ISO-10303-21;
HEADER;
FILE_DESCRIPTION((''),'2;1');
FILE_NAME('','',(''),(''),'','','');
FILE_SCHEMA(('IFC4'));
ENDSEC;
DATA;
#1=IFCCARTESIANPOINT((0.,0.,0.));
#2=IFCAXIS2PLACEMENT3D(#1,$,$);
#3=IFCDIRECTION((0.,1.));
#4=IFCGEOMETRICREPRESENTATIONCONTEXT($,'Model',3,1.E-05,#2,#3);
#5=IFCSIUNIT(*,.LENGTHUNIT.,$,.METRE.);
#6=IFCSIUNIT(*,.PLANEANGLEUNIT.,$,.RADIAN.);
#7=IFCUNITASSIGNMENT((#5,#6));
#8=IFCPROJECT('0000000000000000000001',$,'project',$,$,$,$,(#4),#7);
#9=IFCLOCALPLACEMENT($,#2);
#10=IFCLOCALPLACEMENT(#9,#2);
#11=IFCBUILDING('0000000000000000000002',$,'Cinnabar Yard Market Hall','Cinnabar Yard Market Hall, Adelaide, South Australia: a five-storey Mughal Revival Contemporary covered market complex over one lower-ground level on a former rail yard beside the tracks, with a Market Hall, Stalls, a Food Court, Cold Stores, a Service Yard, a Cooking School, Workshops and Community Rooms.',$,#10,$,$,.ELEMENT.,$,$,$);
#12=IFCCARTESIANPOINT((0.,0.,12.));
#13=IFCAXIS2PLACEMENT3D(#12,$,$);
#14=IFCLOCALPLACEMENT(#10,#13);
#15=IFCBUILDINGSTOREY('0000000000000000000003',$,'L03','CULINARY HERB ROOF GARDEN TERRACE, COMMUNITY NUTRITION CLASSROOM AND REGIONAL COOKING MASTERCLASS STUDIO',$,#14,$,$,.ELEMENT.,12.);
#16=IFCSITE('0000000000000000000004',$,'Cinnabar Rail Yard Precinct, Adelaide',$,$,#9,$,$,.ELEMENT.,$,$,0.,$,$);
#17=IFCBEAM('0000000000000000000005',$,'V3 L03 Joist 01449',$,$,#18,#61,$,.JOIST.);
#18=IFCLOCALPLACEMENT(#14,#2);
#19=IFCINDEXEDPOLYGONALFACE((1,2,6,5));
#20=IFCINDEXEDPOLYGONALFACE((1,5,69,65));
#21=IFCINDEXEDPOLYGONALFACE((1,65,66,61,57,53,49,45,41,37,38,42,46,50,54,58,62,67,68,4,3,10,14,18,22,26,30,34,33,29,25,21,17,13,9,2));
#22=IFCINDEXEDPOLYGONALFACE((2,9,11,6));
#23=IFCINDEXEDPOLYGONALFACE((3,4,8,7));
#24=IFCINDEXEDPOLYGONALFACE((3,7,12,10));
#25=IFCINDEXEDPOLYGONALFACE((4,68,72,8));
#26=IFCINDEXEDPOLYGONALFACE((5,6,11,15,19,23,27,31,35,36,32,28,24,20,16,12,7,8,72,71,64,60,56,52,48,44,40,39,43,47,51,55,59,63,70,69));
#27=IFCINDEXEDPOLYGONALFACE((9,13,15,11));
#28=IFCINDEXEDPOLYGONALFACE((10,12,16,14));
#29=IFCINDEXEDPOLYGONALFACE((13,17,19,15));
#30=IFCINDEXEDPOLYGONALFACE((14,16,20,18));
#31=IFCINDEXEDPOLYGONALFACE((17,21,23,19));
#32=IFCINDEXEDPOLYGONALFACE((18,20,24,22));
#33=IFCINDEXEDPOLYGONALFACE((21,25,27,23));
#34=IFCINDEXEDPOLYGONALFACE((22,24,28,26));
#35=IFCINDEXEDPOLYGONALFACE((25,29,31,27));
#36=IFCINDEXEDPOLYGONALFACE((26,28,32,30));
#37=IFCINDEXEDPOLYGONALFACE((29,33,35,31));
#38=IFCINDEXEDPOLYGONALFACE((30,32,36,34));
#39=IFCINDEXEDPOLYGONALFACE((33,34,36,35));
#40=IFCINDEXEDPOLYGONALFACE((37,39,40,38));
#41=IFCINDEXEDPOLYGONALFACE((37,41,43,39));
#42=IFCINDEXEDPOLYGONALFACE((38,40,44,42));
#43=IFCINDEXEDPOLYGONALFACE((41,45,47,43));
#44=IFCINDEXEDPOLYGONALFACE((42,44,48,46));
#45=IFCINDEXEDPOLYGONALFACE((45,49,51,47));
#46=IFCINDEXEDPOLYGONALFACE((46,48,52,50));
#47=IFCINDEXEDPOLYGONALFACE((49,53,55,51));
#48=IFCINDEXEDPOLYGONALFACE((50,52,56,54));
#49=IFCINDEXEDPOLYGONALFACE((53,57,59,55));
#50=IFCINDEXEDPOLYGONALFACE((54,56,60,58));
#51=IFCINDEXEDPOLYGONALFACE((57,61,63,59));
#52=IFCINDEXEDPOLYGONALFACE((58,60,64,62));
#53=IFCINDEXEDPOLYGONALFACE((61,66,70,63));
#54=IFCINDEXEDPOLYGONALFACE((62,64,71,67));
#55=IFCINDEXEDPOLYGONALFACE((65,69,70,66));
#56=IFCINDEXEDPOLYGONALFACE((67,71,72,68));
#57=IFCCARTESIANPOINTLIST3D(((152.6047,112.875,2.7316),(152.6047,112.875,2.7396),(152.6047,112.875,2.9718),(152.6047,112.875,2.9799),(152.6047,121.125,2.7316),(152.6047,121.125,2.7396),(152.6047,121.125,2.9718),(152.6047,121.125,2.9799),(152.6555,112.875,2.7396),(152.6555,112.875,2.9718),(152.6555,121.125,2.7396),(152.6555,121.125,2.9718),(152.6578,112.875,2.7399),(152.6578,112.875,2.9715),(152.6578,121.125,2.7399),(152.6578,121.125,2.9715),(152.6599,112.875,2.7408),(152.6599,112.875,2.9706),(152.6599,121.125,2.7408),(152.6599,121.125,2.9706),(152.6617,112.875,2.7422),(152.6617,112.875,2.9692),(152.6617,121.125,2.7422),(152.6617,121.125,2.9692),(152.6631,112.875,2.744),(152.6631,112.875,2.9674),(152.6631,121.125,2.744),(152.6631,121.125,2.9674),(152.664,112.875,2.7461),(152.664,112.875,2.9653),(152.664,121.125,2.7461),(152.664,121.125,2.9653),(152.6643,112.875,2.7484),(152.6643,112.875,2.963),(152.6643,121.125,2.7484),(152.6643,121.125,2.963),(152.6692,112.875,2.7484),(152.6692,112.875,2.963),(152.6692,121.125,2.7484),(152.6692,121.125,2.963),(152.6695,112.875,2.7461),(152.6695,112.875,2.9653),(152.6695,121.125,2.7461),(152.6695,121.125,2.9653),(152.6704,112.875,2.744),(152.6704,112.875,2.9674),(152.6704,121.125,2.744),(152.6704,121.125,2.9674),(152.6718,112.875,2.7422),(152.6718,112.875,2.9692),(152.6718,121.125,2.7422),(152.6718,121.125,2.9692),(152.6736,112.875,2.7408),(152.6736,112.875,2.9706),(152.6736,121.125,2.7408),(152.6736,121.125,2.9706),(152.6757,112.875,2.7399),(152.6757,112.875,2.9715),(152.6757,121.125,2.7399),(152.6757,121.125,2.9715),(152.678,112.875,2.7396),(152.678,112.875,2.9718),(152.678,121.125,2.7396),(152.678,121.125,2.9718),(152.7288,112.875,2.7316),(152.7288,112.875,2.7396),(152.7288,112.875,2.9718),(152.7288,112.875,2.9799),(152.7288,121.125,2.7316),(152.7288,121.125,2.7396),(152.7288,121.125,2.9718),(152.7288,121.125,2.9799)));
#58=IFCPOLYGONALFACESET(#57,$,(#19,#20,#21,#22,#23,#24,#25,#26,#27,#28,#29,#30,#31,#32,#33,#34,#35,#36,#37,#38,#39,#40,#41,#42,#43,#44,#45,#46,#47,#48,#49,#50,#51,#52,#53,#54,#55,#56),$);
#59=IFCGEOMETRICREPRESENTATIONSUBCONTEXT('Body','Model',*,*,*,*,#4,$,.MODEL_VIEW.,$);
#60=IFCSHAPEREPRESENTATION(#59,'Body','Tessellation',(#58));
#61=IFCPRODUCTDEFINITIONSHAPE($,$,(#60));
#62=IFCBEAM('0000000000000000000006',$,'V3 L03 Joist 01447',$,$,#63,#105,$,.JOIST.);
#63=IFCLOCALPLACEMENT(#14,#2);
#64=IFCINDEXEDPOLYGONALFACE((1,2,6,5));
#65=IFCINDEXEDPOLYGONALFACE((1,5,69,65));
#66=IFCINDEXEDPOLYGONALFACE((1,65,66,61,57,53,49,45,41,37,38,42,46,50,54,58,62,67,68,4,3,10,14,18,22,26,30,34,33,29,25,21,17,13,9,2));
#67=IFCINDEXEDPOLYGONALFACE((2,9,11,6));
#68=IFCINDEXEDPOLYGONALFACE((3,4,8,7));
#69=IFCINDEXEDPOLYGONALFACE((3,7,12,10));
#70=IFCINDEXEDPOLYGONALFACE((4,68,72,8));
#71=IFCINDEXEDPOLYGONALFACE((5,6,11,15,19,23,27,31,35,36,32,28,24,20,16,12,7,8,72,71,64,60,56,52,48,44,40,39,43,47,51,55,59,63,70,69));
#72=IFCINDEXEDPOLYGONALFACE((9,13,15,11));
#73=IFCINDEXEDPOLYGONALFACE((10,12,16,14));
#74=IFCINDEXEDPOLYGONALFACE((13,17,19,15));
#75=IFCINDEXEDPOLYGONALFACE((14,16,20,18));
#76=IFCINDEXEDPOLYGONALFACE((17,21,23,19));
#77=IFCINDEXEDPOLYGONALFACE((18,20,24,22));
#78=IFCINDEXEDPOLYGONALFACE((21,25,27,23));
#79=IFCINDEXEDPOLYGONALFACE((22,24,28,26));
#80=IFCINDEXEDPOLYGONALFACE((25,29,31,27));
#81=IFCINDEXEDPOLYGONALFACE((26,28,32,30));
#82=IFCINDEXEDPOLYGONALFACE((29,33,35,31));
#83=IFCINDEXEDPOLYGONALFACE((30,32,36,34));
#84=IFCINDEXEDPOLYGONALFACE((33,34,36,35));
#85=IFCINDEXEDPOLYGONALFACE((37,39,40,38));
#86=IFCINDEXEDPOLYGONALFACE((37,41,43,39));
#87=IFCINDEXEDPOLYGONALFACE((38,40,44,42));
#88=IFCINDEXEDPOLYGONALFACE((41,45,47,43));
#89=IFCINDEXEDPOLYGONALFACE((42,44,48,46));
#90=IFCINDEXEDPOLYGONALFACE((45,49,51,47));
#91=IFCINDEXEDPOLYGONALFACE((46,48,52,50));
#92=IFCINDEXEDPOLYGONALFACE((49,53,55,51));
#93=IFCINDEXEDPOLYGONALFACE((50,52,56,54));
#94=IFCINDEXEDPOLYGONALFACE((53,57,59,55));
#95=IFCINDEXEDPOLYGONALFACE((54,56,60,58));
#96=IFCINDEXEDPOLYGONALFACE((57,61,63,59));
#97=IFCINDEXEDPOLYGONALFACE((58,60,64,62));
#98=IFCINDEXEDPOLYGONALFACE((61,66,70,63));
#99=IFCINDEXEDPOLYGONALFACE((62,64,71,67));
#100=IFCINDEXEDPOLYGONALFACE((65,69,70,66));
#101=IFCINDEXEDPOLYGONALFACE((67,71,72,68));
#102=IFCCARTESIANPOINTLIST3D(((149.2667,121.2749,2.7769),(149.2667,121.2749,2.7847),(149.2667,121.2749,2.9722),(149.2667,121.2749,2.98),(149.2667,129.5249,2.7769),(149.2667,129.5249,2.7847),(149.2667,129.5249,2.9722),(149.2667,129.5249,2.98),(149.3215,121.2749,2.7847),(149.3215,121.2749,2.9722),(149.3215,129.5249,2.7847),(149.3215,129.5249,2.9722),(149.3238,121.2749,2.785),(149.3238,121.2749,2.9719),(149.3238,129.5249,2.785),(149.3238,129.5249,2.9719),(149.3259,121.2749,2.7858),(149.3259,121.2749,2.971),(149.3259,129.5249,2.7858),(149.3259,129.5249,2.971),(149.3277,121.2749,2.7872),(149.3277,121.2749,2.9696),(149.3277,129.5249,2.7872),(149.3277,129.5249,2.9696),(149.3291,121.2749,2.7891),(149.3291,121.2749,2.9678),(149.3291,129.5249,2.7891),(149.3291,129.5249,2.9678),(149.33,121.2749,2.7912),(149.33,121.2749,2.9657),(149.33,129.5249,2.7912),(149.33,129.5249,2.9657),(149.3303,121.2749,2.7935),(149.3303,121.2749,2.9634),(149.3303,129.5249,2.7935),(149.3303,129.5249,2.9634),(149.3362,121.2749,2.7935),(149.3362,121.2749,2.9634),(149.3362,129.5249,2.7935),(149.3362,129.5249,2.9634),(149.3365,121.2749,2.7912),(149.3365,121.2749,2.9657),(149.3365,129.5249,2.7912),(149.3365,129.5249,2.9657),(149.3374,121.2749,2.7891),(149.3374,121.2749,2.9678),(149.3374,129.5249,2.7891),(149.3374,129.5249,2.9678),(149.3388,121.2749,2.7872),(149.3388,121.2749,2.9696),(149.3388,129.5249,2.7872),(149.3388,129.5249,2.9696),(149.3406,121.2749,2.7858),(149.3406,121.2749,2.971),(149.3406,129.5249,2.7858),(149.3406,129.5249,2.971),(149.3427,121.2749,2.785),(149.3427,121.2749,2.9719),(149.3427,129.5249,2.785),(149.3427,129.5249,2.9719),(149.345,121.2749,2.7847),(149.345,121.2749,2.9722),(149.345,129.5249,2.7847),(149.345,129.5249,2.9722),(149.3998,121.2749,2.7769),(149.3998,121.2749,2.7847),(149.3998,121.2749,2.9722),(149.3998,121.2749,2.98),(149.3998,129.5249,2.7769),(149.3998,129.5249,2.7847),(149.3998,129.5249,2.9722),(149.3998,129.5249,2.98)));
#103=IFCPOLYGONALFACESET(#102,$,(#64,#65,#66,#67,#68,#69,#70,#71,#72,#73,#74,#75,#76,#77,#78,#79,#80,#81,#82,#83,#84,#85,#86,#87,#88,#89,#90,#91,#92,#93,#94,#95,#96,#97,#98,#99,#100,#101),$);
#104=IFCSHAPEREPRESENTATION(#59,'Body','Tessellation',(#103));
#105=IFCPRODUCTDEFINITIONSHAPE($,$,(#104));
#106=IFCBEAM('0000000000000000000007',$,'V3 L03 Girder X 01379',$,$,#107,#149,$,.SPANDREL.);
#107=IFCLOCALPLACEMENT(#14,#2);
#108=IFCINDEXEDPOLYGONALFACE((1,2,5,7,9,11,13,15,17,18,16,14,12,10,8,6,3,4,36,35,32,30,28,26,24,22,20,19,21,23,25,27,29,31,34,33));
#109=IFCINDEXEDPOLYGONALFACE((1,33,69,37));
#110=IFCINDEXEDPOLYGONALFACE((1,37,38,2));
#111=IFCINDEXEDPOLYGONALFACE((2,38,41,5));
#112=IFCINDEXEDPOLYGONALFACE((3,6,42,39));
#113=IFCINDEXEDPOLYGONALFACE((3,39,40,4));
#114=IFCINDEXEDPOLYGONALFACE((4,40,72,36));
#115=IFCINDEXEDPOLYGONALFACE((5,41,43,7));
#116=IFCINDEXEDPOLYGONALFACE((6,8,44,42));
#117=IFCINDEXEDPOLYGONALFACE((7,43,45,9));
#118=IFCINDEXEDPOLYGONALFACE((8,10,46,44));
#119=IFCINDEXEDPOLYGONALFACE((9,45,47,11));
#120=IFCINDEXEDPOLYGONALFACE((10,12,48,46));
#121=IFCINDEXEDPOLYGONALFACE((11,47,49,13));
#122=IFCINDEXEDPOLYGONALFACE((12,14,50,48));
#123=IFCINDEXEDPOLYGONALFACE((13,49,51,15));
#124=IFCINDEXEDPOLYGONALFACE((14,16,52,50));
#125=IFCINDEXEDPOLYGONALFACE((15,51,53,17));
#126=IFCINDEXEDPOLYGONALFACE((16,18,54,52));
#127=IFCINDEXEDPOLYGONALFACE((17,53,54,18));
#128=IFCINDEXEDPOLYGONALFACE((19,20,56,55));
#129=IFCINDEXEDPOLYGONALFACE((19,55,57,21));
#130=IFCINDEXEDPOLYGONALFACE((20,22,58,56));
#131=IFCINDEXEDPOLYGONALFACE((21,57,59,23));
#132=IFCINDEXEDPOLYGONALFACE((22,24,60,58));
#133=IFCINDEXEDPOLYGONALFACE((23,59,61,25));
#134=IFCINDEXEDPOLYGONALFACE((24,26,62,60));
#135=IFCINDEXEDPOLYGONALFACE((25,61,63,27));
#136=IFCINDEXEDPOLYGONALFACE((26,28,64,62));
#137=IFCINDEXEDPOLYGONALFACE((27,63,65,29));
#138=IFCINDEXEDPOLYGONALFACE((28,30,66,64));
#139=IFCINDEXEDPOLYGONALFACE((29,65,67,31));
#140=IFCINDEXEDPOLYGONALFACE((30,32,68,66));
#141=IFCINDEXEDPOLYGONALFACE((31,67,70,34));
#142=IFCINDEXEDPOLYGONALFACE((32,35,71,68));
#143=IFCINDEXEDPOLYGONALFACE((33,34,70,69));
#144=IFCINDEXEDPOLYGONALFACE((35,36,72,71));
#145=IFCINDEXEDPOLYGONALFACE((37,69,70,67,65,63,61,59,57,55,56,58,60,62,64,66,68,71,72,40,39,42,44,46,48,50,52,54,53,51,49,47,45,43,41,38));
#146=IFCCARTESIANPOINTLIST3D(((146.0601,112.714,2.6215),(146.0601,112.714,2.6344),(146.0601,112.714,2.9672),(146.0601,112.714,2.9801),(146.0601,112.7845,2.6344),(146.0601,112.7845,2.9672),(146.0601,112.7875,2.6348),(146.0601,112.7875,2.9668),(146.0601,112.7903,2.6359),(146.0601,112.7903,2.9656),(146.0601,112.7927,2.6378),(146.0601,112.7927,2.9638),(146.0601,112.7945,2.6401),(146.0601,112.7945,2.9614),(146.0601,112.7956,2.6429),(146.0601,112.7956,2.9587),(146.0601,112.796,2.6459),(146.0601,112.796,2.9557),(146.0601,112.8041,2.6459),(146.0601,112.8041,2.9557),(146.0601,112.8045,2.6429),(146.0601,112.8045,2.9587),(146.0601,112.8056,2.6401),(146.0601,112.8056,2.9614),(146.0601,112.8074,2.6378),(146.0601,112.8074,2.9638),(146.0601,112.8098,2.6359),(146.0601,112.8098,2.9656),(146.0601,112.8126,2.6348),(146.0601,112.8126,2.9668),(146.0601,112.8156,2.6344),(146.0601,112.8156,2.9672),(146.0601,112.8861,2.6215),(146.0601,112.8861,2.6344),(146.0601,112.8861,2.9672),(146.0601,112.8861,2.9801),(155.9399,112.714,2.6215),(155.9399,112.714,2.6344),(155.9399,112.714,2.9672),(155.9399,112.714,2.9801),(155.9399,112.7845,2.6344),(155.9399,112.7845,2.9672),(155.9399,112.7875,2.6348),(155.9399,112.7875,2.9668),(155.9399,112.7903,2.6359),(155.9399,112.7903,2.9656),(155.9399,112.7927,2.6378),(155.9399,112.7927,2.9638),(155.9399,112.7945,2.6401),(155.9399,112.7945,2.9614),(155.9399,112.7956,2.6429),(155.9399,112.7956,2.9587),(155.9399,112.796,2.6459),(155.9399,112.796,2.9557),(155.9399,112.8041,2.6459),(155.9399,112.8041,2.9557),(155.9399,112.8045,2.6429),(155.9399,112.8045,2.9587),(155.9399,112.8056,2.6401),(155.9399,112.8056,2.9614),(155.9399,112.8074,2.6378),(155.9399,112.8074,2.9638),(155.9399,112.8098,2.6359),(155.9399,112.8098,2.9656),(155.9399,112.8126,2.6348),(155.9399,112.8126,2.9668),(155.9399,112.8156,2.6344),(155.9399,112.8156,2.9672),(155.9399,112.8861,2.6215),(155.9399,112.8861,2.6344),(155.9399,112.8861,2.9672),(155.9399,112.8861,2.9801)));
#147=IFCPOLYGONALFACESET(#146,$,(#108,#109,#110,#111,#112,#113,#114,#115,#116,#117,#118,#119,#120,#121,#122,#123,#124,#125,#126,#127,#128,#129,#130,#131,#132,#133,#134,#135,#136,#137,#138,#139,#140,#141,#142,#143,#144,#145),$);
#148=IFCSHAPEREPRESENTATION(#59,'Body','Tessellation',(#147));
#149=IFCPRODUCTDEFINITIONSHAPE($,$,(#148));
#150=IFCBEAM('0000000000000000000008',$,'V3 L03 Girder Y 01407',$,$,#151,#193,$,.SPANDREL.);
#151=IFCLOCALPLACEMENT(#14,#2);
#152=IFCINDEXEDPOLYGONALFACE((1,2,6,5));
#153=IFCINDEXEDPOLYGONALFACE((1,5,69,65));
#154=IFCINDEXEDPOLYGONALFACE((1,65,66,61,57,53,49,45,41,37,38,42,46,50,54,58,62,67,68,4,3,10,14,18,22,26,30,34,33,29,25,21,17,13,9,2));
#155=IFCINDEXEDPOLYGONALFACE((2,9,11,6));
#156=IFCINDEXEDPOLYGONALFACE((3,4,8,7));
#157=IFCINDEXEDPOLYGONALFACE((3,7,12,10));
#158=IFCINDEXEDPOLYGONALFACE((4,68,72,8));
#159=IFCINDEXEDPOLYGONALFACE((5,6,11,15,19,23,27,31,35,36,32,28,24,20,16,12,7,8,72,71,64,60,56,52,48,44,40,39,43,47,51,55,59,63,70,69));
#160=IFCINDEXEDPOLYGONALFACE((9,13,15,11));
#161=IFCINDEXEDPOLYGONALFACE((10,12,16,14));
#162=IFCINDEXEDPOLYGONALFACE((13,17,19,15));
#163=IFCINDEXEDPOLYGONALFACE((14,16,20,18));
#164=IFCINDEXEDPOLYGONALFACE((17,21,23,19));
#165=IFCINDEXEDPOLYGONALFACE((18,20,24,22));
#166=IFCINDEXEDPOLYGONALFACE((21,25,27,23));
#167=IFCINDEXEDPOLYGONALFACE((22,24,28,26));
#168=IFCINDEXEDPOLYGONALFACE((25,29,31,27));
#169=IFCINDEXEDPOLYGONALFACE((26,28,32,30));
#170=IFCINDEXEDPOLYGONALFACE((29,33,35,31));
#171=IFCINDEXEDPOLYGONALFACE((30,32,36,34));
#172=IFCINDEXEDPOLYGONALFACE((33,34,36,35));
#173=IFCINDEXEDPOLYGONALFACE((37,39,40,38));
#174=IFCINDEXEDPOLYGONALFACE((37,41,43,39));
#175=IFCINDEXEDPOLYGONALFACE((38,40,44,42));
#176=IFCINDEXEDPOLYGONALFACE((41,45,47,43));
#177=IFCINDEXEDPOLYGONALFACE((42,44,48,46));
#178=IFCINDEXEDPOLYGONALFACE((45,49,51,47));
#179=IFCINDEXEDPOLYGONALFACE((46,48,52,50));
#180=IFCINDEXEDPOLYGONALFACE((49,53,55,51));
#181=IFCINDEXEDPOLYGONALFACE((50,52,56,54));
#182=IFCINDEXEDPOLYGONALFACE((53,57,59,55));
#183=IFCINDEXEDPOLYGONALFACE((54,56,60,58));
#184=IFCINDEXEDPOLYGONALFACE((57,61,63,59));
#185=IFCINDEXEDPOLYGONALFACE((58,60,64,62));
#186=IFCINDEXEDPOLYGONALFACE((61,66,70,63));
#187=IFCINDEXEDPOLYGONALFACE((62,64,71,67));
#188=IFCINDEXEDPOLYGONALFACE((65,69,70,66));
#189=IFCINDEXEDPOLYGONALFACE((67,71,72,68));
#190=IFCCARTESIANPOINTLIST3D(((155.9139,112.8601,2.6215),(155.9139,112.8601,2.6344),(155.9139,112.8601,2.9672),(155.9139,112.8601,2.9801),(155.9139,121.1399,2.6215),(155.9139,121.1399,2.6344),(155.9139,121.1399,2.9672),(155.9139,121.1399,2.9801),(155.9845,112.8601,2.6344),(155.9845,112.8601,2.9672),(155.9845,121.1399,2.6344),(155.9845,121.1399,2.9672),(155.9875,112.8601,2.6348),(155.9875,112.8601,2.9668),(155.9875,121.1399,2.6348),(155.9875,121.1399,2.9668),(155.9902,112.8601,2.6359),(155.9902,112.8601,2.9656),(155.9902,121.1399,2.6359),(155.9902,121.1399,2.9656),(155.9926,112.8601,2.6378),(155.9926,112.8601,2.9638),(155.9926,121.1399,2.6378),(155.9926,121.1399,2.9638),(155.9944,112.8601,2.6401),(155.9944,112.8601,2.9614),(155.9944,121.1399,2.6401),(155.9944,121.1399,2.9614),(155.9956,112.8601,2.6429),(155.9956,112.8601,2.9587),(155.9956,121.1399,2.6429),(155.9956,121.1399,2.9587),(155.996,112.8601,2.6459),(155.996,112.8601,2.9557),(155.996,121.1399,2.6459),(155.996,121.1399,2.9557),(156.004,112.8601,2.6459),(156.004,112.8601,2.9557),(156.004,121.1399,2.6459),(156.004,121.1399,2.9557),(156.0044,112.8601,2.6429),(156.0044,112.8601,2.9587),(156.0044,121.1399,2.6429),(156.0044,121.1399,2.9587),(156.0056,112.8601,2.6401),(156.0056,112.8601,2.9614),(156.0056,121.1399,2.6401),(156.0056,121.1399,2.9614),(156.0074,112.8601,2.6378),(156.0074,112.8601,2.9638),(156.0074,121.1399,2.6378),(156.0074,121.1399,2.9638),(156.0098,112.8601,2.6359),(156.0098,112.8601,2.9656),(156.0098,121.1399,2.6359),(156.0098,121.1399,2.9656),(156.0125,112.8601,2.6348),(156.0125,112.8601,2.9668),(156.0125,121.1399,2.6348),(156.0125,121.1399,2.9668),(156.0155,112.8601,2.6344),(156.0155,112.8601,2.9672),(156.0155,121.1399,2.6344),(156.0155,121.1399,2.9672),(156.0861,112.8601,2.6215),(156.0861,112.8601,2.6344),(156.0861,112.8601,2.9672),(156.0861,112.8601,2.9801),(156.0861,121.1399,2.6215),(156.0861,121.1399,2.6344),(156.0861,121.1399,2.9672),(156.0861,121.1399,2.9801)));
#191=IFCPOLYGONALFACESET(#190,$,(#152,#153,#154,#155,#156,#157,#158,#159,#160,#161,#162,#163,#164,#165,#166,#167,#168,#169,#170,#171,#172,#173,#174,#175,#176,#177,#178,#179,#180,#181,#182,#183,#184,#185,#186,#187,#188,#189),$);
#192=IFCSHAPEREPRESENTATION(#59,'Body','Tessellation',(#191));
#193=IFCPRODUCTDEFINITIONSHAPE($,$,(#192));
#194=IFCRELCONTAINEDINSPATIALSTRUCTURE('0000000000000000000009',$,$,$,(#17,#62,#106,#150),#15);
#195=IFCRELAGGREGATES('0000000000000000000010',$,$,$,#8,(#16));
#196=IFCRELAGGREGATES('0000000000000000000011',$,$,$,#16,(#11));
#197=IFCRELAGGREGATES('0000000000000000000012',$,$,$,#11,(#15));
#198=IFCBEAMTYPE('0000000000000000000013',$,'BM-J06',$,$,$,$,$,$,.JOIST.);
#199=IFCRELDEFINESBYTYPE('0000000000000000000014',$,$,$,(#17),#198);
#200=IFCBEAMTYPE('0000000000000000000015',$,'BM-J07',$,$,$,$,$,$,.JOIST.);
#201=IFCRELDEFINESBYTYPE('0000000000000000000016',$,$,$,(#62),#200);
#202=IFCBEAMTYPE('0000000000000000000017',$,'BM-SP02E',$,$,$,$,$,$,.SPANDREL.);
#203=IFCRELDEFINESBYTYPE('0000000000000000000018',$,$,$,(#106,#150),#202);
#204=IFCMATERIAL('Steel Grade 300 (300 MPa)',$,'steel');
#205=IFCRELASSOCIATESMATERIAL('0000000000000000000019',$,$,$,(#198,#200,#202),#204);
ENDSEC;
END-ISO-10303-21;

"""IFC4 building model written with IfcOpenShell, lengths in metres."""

from ifc_helpers import new_model, si_unit, direction, frame, origin, origin_2d_with_axis, place, context, subcontext, project, spatial, i_section, extrude, material, material_profile, profile_set, type_object, element, save


model = new_model("IFC4")

# Units and contexts
model_context = context("Model", 3, precision=1e-05, world=origin(), true_north=direction((0.0, 1.0)))
body_context = subcontext(model_context, "Body", "Model", "MODEL_VIEW")
ifc_project = project(units=[si_unit("LENGTHUNIT", "METRE"), si_unit("PLANEANGLEUNIT", "RADIAN")], contexts=[model_context])

# Site, building, storey
site_placement = place(None, origin())
site = spatial("IfcSite", under=ifc_project, at=site_placement, Name="Cinnabar Rail Yard Precinct, Adelaide", CompositionType="ELEMENT", RefElevation=0.0)
building_placement = place(site_placement, origin())
building = spatial("IfcBuilding", under=site, at=building_placement, Name="Cinnabar Yard Market Hall", Description="Cinnabar Yard Market Hall, Adelaide, South Australia: a five-storey Mughal Revival Contemporary covered market complex over one lower-ground level on a former rail yard beside the tracks, with a Market Hall, Stalls, a Food Court, Cold Stores, a Service Yard, a Cooking School, Workshops and Community Rooms.", CompositionType="ELEMENT")
storey_placement = place(building_placement, frame((0.0, 0.0, 12.0)))
storey = spatial("IfcBuildingStorey", under=building, at=storey_placement, Name="L03", Description="CULINARY HERB ROOF GARDEN TERRACE, COMMUNITY NUTRITION CLASSROOM AND REGIONAL COOKING MASTERCLASS STUDIO", CompositionType="ELEMENT", Elevation=12.0)

# Shared definitions
ifc_material_1 = material(Name="Steel Grade 300 (300 MPa)", Category="steel")

# Beams
ifc_material_profile_1 = material_profile(ifc_material_1, i_section(OverallWidth=0.124, OverallDepth=0.2483, WebThickness=0.0049, FlangeThickness=0.0081, FilletRadius=0.0088, at=origin_2d_with_axis()), Name="250UB25.7")
ifc_profile_set_1 = profile_set([ifc_material_profile_1], Name="Steel Grade 300 (300 MPa)")
beam_type_1 = type_object("IfcBeamType", Name="BM-J06", PredefinedType="JOIST", material=ifc_profile_set_1)
for number, where, z_axis, x_axis, name in (
    (1, (152.6667, 112.875, 2.8557), (0.0, 1.0, 0.0), (-1.0, 0.0, 0.0), "V3 L03 Joist 01449"),
):
    element("IfcBeam", number, at=place(storey_placement, frame(where, z_axis=z_axis, x_axis=x_axis)), inside=storey, type_object=beam_type_1, Name=name, PredefinedType="JOIST", context=body_context, shape_type="SweptSolid", body=[
        extrude(i_section(OverallWidth=0.124, OverallDepth=0.2483, WebThickness=0.0049, FlangeThickness=0.0081, FilletRadius=0.0088, at=origin_2d_with_axis()), origin(), (0.0, 0.0, 1.0), 8.25),
    ])
ifc_material_profile_2 = material_profile(ifc_material_1, i_section(OverallWidth=0.1331, OverallDepth=0.2031, WebThickness=0.0059, FlangeThickness=0.0078, FilletRadius=0.0088, at=origin_2d_with_axis()), Name="200UB25.4")
ifc_profile_set_2 = profile_set([ifc_material_profile_2], Name="Steel Grade 300 (300 MPa)")
beam_type_2 = type_object("IfcBeamType", Name="BM-J07", PredefinedType="JOIST", material=ifc_profile_set_2)
beam_1_placement = place(storey_placement, frame((149.3333, 121.2749, 2.8784), z_axis=(0.0, 1.0, 0.0), x_axis=(-1.0, 0.0, 0.0)))
element("IfcBeam", 2, at=beam_1_placement, inside=storey, type_object=beam_type_2, Name="V3 L03 Joist 01447", PredefinedType="JOIST", context=body_context, shape_type="SweptSolid", body=[
    extrude(i_section(OverallWidth=0.1331, OverallDepth=0.2031, WebThickness=0.0059, FlangeThickness=0.0078, FilletRadius=0.0088, at=origin_2d_with_axis()), origin(), (0.0, 0.0, 1.0), 8.25),
])
ifc_material_profile_3 = material_profile(ifc_material_1, i_section(OverallWidth=0.1721, OverallDepth=0.3586, WebThickness=0.0081, FlangeThickness=0.0129, FilletRadius=0.0115, at=origin_2d_with_axis()), Name="360UB56.7")
ifc_profile_set_3 = profile_set([ifc_material_profile_3], Name="Steel Grade 300 (300 MPa)")
beam_type_3 = type_object("IfcBeamType", Name="BM-SP02E", PredefinedType="SPANDREL", material=ifc_profile_set_3)
beam_2_placement = place(storey_placement, frame((146.0601, 112.8, 2.8008), z_axis=(1.0, 0.0, 0.0), x_axis=(0.0, 1.0, 0.0)))
element("IfcBeam", 3, at=beam_2_placement, inside=storey, type_object=beam_type_3, Name="V3 L03 Girder X 01379", PredefinedType="SPANDREL", context=body_context, shape_type="SweptSolid", body=[
    extrude(i_section(OverallWidth=0.1721, OverallDepth=0.3586, WebThickness=0.0081, FlangeThickness=0.0129, FilletRadius=0.0115, at=origin_2d_with_axis()), origin(), (0.0, 0.0, 1.0), 9.8799),
])
beam_3_placement = place(storey_placement, frame((156.0, 112.8601, 2.8008), z_axis=(0.0, 1.0, 0.0), x_axis=(-1.0, 0.0, 0.0)))
element("IfcBeam", 4, at=beam_3_placement, inside=storey, type_object=beam_type_3, Name="V3 L03 Girder Y 01407", PredefinedType="SPANDREL", context=body_context, shape_type="SweptSolid", body=[
    extrude(i_section(OverallWidth=0.1721, OverallDepth=0.3586, WebThickness=0.0081, FlangeThickness=0.0129, FilletRadius=0.0115, at=origin_2d_with_axis()), origin(), (0.0, 0.0, 1.0), 8.2798),
])

save(model, "model.ifc")
